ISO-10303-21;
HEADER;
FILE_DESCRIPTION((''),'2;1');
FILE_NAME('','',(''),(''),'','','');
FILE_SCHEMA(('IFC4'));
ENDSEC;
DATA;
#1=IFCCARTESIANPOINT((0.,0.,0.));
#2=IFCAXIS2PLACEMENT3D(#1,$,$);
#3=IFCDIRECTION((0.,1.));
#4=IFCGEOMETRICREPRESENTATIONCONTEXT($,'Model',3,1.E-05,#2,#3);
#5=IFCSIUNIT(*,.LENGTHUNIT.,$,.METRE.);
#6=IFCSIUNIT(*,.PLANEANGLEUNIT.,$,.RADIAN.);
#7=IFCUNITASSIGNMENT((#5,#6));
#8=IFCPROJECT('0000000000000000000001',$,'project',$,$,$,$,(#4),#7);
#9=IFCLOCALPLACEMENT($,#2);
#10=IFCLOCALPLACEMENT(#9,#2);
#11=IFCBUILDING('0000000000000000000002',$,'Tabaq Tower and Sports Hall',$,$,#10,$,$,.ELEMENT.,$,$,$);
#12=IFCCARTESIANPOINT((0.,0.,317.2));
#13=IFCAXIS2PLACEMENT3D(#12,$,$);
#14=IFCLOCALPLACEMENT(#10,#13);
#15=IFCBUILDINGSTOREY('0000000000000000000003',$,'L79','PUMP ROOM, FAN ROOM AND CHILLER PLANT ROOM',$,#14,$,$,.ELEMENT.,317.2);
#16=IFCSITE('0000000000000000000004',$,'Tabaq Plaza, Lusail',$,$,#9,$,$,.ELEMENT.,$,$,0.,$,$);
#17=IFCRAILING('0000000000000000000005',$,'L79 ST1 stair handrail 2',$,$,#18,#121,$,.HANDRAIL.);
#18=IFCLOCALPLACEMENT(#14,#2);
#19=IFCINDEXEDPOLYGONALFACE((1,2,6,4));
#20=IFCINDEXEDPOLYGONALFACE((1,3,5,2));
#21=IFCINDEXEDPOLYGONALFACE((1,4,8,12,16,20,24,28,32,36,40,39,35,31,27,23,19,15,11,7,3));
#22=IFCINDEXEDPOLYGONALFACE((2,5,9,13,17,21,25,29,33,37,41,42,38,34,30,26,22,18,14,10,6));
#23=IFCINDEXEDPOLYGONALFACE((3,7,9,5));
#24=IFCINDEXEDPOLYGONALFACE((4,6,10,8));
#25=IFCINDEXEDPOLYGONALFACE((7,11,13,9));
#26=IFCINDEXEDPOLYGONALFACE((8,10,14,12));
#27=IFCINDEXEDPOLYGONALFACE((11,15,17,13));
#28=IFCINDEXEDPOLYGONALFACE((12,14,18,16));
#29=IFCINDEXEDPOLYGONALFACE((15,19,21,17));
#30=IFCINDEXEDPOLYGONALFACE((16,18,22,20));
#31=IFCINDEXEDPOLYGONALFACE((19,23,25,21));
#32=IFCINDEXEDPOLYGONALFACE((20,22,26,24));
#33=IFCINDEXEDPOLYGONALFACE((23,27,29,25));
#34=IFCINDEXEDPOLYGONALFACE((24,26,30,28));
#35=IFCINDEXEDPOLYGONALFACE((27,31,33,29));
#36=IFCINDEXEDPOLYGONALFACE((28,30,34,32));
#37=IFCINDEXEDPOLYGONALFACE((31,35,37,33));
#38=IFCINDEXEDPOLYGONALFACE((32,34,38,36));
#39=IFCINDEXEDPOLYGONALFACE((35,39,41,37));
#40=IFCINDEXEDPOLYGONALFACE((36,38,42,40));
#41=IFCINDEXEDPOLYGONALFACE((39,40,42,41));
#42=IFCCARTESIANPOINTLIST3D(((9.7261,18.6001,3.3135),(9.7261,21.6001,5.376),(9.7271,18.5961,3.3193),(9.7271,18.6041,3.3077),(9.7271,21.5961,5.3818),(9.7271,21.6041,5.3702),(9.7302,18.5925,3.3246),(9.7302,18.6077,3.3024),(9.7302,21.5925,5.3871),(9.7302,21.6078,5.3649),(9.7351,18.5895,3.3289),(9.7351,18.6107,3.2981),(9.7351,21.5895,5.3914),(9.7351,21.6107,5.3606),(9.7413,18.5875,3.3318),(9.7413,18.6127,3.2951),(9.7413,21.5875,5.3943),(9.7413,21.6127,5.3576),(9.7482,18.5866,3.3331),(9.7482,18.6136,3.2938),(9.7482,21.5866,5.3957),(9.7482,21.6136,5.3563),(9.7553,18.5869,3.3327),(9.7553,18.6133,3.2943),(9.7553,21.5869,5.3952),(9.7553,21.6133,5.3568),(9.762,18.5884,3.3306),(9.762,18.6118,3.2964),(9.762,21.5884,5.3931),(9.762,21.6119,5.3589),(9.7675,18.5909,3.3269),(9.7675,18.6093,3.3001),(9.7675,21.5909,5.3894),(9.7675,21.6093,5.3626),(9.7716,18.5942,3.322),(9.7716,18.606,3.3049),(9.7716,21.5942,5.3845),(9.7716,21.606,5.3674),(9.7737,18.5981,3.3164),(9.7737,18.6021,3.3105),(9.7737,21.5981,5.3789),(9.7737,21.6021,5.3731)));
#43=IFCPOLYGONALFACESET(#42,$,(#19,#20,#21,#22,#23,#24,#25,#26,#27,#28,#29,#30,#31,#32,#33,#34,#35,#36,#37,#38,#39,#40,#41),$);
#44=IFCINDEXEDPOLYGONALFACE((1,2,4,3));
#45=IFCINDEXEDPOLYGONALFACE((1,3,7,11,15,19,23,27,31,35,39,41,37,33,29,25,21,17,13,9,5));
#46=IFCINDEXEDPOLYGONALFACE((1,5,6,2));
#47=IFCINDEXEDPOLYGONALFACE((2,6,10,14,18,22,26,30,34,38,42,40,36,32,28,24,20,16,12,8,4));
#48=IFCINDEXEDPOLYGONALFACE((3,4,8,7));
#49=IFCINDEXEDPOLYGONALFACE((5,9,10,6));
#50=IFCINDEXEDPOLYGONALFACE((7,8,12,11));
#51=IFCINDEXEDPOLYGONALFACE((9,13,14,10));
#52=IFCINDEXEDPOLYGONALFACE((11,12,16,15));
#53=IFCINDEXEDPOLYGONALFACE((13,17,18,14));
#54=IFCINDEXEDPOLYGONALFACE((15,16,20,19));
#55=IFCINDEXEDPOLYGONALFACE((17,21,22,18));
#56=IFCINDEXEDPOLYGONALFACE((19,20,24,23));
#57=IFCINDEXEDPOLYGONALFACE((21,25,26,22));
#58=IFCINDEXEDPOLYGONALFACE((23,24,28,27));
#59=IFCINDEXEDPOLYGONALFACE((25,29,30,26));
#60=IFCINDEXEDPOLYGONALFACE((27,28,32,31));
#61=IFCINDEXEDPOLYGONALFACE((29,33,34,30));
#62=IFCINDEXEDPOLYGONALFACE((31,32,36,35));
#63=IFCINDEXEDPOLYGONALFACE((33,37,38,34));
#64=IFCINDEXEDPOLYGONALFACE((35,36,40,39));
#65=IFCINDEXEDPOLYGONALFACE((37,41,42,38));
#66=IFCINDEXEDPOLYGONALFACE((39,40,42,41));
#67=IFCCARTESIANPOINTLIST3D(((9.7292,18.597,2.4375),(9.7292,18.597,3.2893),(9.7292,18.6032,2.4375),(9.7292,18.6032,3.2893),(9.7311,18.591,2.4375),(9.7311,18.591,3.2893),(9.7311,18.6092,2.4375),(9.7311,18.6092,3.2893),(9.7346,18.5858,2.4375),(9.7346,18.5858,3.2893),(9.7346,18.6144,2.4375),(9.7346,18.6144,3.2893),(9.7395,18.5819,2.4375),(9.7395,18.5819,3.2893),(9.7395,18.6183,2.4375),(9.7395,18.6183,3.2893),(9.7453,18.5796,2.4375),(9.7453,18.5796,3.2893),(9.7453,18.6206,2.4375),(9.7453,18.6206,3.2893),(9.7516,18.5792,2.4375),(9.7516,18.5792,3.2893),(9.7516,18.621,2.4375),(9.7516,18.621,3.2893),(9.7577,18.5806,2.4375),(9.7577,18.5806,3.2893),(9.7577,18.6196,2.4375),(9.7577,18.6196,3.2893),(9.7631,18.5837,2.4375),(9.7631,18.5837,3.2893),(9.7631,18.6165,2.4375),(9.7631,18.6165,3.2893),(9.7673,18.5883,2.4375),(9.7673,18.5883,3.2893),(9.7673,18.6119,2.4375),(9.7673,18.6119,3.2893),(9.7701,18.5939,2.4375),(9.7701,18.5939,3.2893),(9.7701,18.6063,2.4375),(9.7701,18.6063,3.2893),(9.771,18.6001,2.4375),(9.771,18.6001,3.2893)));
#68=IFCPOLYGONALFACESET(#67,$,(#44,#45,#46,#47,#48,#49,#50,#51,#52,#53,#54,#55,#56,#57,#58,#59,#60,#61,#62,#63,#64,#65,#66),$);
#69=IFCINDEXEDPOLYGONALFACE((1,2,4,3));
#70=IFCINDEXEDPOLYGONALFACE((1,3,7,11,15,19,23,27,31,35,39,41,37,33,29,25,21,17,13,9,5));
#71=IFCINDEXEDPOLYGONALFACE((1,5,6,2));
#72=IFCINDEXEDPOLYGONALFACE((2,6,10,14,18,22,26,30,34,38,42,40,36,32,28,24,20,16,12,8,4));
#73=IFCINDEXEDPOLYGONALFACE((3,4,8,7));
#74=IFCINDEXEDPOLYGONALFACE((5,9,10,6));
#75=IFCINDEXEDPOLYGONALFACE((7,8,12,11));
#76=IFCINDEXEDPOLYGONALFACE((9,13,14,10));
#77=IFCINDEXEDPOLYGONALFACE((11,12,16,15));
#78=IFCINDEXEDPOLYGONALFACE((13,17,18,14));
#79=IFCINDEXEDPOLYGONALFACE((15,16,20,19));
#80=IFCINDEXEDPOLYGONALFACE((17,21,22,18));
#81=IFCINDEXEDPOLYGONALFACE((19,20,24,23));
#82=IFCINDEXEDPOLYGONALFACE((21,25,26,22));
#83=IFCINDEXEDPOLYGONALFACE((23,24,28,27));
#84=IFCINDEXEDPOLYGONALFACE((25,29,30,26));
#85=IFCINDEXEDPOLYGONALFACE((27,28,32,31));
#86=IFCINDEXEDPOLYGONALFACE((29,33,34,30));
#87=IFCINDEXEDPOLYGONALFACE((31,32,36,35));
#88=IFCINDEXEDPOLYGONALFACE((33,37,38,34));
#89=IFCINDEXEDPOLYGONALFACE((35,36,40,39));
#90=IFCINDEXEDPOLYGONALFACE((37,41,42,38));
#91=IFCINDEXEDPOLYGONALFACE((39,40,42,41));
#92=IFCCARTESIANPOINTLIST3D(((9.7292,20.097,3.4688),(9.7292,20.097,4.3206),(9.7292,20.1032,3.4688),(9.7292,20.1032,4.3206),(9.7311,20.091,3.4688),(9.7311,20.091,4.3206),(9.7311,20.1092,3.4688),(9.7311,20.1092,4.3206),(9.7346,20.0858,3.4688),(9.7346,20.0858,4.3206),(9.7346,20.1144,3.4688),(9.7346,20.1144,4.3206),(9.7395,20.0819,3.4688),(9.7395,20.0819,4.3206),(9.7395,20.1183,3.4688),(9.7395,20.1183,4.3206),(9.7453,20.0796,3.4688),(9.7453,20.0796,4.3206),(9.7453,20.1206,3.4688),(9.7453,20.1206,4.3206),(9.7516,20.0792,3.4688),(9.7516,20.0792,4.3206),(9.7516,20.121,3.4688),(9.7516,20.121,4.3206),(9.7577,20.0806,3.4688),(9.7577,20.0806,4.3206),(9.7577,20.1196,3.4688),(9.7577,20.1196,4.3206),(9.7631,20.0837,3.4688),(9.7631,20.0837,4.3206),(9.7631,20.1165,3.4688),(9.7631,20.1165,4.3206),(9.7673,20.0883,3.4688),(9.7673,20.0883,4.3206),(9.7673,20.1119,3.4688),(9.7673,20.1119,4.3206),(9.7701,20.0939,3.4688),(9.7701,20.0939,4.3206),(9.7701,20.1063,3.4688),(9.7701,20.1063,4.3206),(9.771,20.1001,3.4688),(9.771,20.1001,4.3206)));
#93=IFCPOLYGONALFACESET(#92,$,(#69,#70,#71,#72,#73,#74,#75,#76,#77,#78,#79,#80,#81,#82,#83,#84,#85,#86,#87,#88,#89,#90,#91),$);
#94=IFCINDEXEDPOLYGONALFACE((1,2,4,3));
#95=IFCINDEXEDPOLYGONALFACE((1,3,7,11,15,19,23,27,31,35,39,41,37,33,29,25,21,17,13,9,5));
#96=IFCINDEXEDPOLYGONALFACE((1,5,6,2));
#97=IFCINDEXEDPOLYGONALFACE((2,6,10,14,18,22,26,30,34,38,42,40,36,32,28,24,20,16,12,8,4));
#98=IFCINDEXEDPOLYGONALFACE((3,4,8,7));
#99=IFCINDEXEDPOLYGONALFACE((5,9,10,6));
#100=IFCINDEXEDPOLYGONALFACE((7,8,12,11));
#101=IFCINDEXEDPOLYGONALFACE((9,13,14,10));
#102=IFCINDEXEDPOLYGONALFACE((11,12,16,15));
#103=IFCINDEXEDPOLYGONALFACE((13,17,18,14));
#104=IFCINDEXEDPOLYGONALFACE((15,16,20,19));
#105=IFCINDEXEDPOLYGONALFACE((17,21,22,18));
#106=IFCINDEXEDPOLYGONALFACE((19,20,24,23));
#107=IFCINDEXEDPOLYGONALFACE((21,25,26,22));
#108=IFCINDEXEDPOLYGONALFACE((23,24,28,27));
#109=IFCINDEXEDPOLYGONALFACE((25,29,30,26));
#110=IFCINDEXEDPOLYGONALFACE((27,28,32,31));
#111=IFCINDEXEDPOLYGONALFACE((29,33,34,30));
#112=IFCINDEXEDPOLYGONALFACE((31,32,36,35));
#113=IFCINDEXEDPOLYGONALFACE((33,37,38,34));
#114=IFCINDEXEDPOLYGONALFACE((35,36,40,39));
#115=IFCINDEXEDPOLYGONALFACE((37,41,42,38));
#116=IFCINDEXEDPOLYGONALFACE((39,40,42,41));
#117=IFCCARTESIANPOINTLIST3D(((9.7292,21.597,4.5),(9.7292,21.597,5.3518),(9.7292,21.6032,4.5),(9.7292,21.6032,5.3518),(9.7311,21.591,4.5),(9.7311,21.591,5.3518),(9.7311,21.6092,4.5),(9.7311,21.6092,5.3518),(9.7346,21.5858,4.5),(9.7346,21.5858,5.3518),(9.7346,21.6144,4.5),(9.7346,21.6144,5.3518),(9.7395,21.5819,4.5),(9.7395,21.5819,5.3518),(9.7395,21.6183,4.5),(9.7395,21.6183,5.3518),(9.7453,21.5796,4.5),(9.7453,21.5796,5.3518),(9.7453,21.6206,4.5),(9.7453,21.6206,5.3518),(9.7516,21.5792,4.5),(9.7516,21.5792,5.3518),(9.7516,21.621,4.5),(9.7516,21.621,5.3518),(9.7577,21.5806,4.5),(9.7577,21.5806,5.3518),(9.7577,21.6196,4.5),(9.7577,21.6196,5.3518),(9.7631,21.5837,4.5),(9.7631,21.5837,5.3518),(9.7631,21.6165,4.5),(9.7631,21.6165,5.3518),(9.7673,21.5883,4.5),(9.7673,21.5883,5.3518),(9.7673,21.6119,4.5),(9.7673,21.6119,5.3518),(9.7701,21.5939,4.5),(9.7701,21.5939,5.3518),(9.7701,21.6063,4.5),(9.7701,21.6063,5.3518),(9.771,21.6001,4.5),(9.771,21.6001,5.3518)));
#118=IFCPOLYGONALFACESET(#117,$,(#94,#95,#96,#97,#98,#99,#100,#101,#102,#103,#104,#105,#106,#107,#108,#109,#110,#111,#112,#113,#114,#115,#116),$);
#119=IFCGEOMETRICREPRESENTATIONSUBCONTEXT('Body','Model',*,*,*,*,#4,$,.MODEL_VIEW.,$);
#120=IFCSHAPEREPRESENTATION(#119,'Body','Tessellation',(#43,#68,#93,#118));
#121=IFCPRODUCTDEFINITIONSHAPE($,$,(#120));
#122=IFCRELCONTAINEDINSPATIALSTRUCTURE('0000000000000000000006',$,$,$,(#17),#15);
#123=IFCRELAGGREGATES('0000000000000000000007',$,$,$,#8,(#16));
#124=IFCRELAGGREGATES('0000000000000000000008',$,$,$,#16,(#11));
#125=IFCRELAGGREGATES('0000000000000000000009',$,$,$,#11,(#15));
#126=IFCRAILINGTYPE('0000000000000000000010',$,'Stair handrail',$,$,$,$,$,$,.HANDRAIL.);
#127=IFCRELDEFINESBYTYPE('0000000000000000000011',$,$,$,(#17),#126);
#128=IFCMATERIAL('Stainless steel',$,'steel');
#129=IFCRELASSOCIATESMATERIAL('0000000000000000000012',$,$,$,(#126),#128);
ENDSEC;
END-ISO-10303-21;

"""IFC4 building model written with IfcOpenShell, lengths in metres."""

from ifc_helpers import new_model, si_unit, direction, frame, origin, origin_2d, place, context, subcontext, project, spatial, circle, extrude, material, type_object, element, save


model = new_model("IFC4")

# Units and contexts
model_context = context("Model", 3, precision=1e-05, world=origin(), true_north=direction((0.0, 1.0)))
body_context = subcontext(model_context, "Body", "Model", "MODEL_VIEW")
ifc_project = project(units=[si_unit("LENGTHUNIT", "METRE"), si_unit("PLANEANGLEUNIT", "RADIAN")], contexts=[model_context])

# Site, building, storey
site_placement = place(None, origin())
site = spatial("IfcSite", under=ifc_project, at=site_placement, Name="Tabaq Plaza, Lusail", CompositionType="ELEMENT", RefElevation=0.0)
building_placement = place(site_placement, origin())
building = spatial("IfcBuilding", under=site, at=building_placement, Name="Tabaq Tower and Sports Hall", CompositionType="ELEMENT")
storey_placement = place(building_placement, frame((0.0, 0.0, 317.2)))
storey = spatial("IfcBuildingStorey", under=building, at=storey_placement, Name="L79", Description="PUMP ROOM, FAN ROOM AND CHILLER PLANT ROOM", CompositionType="ELEMENT", Elevation=317.2)

# Railing
ifc_material_1 = material(Name="Stainless steel", Category="steel")
railing_type_1 = type_object("IfcRailingType", Name="Stair handrail", PredefinedType="HANDRAIL", material=ifc_material_1)
railing_1_placement = place(storey_placement, frame((9.75, 18.6001, 2.4375)))
element("IfcRailing", 1, at=railing_1_placement, inside=storey, type_object=railing_type_1, Name="L79 ST1 stair handrail 2", PredefinedType="HANDRAIL", context=body_context, shape_type="SweptSolid", body=[
    extrude(circle(Radius=0.0239, at=origin_2d()), frame((0.0, 0.0, 0.876), z_axis=(0.0, 0.824042, 0.566529), x_axis=(-1.0, 0.0, 0.0)), (0.0, 0.0, 1.0), 3.6406),
    extrude(circle(Radius=0.021, at=origin_2d()), origin(), (0.0, 0.0, 1.0), 0.8518),
    extrude(circle(Radius=0.021, at=origin_2d()), frame((0.0, 1.5, 1.0312)), (0.0, 0.0, 1.0), 0.8518),
    extrude(circle(Radius=0.021, at=origin_2d()), frame((0.0, 3.0, 2.0625)), (0.0, 0.0, 1.0), 0.8518),
])

save(model, "model.ifc")
